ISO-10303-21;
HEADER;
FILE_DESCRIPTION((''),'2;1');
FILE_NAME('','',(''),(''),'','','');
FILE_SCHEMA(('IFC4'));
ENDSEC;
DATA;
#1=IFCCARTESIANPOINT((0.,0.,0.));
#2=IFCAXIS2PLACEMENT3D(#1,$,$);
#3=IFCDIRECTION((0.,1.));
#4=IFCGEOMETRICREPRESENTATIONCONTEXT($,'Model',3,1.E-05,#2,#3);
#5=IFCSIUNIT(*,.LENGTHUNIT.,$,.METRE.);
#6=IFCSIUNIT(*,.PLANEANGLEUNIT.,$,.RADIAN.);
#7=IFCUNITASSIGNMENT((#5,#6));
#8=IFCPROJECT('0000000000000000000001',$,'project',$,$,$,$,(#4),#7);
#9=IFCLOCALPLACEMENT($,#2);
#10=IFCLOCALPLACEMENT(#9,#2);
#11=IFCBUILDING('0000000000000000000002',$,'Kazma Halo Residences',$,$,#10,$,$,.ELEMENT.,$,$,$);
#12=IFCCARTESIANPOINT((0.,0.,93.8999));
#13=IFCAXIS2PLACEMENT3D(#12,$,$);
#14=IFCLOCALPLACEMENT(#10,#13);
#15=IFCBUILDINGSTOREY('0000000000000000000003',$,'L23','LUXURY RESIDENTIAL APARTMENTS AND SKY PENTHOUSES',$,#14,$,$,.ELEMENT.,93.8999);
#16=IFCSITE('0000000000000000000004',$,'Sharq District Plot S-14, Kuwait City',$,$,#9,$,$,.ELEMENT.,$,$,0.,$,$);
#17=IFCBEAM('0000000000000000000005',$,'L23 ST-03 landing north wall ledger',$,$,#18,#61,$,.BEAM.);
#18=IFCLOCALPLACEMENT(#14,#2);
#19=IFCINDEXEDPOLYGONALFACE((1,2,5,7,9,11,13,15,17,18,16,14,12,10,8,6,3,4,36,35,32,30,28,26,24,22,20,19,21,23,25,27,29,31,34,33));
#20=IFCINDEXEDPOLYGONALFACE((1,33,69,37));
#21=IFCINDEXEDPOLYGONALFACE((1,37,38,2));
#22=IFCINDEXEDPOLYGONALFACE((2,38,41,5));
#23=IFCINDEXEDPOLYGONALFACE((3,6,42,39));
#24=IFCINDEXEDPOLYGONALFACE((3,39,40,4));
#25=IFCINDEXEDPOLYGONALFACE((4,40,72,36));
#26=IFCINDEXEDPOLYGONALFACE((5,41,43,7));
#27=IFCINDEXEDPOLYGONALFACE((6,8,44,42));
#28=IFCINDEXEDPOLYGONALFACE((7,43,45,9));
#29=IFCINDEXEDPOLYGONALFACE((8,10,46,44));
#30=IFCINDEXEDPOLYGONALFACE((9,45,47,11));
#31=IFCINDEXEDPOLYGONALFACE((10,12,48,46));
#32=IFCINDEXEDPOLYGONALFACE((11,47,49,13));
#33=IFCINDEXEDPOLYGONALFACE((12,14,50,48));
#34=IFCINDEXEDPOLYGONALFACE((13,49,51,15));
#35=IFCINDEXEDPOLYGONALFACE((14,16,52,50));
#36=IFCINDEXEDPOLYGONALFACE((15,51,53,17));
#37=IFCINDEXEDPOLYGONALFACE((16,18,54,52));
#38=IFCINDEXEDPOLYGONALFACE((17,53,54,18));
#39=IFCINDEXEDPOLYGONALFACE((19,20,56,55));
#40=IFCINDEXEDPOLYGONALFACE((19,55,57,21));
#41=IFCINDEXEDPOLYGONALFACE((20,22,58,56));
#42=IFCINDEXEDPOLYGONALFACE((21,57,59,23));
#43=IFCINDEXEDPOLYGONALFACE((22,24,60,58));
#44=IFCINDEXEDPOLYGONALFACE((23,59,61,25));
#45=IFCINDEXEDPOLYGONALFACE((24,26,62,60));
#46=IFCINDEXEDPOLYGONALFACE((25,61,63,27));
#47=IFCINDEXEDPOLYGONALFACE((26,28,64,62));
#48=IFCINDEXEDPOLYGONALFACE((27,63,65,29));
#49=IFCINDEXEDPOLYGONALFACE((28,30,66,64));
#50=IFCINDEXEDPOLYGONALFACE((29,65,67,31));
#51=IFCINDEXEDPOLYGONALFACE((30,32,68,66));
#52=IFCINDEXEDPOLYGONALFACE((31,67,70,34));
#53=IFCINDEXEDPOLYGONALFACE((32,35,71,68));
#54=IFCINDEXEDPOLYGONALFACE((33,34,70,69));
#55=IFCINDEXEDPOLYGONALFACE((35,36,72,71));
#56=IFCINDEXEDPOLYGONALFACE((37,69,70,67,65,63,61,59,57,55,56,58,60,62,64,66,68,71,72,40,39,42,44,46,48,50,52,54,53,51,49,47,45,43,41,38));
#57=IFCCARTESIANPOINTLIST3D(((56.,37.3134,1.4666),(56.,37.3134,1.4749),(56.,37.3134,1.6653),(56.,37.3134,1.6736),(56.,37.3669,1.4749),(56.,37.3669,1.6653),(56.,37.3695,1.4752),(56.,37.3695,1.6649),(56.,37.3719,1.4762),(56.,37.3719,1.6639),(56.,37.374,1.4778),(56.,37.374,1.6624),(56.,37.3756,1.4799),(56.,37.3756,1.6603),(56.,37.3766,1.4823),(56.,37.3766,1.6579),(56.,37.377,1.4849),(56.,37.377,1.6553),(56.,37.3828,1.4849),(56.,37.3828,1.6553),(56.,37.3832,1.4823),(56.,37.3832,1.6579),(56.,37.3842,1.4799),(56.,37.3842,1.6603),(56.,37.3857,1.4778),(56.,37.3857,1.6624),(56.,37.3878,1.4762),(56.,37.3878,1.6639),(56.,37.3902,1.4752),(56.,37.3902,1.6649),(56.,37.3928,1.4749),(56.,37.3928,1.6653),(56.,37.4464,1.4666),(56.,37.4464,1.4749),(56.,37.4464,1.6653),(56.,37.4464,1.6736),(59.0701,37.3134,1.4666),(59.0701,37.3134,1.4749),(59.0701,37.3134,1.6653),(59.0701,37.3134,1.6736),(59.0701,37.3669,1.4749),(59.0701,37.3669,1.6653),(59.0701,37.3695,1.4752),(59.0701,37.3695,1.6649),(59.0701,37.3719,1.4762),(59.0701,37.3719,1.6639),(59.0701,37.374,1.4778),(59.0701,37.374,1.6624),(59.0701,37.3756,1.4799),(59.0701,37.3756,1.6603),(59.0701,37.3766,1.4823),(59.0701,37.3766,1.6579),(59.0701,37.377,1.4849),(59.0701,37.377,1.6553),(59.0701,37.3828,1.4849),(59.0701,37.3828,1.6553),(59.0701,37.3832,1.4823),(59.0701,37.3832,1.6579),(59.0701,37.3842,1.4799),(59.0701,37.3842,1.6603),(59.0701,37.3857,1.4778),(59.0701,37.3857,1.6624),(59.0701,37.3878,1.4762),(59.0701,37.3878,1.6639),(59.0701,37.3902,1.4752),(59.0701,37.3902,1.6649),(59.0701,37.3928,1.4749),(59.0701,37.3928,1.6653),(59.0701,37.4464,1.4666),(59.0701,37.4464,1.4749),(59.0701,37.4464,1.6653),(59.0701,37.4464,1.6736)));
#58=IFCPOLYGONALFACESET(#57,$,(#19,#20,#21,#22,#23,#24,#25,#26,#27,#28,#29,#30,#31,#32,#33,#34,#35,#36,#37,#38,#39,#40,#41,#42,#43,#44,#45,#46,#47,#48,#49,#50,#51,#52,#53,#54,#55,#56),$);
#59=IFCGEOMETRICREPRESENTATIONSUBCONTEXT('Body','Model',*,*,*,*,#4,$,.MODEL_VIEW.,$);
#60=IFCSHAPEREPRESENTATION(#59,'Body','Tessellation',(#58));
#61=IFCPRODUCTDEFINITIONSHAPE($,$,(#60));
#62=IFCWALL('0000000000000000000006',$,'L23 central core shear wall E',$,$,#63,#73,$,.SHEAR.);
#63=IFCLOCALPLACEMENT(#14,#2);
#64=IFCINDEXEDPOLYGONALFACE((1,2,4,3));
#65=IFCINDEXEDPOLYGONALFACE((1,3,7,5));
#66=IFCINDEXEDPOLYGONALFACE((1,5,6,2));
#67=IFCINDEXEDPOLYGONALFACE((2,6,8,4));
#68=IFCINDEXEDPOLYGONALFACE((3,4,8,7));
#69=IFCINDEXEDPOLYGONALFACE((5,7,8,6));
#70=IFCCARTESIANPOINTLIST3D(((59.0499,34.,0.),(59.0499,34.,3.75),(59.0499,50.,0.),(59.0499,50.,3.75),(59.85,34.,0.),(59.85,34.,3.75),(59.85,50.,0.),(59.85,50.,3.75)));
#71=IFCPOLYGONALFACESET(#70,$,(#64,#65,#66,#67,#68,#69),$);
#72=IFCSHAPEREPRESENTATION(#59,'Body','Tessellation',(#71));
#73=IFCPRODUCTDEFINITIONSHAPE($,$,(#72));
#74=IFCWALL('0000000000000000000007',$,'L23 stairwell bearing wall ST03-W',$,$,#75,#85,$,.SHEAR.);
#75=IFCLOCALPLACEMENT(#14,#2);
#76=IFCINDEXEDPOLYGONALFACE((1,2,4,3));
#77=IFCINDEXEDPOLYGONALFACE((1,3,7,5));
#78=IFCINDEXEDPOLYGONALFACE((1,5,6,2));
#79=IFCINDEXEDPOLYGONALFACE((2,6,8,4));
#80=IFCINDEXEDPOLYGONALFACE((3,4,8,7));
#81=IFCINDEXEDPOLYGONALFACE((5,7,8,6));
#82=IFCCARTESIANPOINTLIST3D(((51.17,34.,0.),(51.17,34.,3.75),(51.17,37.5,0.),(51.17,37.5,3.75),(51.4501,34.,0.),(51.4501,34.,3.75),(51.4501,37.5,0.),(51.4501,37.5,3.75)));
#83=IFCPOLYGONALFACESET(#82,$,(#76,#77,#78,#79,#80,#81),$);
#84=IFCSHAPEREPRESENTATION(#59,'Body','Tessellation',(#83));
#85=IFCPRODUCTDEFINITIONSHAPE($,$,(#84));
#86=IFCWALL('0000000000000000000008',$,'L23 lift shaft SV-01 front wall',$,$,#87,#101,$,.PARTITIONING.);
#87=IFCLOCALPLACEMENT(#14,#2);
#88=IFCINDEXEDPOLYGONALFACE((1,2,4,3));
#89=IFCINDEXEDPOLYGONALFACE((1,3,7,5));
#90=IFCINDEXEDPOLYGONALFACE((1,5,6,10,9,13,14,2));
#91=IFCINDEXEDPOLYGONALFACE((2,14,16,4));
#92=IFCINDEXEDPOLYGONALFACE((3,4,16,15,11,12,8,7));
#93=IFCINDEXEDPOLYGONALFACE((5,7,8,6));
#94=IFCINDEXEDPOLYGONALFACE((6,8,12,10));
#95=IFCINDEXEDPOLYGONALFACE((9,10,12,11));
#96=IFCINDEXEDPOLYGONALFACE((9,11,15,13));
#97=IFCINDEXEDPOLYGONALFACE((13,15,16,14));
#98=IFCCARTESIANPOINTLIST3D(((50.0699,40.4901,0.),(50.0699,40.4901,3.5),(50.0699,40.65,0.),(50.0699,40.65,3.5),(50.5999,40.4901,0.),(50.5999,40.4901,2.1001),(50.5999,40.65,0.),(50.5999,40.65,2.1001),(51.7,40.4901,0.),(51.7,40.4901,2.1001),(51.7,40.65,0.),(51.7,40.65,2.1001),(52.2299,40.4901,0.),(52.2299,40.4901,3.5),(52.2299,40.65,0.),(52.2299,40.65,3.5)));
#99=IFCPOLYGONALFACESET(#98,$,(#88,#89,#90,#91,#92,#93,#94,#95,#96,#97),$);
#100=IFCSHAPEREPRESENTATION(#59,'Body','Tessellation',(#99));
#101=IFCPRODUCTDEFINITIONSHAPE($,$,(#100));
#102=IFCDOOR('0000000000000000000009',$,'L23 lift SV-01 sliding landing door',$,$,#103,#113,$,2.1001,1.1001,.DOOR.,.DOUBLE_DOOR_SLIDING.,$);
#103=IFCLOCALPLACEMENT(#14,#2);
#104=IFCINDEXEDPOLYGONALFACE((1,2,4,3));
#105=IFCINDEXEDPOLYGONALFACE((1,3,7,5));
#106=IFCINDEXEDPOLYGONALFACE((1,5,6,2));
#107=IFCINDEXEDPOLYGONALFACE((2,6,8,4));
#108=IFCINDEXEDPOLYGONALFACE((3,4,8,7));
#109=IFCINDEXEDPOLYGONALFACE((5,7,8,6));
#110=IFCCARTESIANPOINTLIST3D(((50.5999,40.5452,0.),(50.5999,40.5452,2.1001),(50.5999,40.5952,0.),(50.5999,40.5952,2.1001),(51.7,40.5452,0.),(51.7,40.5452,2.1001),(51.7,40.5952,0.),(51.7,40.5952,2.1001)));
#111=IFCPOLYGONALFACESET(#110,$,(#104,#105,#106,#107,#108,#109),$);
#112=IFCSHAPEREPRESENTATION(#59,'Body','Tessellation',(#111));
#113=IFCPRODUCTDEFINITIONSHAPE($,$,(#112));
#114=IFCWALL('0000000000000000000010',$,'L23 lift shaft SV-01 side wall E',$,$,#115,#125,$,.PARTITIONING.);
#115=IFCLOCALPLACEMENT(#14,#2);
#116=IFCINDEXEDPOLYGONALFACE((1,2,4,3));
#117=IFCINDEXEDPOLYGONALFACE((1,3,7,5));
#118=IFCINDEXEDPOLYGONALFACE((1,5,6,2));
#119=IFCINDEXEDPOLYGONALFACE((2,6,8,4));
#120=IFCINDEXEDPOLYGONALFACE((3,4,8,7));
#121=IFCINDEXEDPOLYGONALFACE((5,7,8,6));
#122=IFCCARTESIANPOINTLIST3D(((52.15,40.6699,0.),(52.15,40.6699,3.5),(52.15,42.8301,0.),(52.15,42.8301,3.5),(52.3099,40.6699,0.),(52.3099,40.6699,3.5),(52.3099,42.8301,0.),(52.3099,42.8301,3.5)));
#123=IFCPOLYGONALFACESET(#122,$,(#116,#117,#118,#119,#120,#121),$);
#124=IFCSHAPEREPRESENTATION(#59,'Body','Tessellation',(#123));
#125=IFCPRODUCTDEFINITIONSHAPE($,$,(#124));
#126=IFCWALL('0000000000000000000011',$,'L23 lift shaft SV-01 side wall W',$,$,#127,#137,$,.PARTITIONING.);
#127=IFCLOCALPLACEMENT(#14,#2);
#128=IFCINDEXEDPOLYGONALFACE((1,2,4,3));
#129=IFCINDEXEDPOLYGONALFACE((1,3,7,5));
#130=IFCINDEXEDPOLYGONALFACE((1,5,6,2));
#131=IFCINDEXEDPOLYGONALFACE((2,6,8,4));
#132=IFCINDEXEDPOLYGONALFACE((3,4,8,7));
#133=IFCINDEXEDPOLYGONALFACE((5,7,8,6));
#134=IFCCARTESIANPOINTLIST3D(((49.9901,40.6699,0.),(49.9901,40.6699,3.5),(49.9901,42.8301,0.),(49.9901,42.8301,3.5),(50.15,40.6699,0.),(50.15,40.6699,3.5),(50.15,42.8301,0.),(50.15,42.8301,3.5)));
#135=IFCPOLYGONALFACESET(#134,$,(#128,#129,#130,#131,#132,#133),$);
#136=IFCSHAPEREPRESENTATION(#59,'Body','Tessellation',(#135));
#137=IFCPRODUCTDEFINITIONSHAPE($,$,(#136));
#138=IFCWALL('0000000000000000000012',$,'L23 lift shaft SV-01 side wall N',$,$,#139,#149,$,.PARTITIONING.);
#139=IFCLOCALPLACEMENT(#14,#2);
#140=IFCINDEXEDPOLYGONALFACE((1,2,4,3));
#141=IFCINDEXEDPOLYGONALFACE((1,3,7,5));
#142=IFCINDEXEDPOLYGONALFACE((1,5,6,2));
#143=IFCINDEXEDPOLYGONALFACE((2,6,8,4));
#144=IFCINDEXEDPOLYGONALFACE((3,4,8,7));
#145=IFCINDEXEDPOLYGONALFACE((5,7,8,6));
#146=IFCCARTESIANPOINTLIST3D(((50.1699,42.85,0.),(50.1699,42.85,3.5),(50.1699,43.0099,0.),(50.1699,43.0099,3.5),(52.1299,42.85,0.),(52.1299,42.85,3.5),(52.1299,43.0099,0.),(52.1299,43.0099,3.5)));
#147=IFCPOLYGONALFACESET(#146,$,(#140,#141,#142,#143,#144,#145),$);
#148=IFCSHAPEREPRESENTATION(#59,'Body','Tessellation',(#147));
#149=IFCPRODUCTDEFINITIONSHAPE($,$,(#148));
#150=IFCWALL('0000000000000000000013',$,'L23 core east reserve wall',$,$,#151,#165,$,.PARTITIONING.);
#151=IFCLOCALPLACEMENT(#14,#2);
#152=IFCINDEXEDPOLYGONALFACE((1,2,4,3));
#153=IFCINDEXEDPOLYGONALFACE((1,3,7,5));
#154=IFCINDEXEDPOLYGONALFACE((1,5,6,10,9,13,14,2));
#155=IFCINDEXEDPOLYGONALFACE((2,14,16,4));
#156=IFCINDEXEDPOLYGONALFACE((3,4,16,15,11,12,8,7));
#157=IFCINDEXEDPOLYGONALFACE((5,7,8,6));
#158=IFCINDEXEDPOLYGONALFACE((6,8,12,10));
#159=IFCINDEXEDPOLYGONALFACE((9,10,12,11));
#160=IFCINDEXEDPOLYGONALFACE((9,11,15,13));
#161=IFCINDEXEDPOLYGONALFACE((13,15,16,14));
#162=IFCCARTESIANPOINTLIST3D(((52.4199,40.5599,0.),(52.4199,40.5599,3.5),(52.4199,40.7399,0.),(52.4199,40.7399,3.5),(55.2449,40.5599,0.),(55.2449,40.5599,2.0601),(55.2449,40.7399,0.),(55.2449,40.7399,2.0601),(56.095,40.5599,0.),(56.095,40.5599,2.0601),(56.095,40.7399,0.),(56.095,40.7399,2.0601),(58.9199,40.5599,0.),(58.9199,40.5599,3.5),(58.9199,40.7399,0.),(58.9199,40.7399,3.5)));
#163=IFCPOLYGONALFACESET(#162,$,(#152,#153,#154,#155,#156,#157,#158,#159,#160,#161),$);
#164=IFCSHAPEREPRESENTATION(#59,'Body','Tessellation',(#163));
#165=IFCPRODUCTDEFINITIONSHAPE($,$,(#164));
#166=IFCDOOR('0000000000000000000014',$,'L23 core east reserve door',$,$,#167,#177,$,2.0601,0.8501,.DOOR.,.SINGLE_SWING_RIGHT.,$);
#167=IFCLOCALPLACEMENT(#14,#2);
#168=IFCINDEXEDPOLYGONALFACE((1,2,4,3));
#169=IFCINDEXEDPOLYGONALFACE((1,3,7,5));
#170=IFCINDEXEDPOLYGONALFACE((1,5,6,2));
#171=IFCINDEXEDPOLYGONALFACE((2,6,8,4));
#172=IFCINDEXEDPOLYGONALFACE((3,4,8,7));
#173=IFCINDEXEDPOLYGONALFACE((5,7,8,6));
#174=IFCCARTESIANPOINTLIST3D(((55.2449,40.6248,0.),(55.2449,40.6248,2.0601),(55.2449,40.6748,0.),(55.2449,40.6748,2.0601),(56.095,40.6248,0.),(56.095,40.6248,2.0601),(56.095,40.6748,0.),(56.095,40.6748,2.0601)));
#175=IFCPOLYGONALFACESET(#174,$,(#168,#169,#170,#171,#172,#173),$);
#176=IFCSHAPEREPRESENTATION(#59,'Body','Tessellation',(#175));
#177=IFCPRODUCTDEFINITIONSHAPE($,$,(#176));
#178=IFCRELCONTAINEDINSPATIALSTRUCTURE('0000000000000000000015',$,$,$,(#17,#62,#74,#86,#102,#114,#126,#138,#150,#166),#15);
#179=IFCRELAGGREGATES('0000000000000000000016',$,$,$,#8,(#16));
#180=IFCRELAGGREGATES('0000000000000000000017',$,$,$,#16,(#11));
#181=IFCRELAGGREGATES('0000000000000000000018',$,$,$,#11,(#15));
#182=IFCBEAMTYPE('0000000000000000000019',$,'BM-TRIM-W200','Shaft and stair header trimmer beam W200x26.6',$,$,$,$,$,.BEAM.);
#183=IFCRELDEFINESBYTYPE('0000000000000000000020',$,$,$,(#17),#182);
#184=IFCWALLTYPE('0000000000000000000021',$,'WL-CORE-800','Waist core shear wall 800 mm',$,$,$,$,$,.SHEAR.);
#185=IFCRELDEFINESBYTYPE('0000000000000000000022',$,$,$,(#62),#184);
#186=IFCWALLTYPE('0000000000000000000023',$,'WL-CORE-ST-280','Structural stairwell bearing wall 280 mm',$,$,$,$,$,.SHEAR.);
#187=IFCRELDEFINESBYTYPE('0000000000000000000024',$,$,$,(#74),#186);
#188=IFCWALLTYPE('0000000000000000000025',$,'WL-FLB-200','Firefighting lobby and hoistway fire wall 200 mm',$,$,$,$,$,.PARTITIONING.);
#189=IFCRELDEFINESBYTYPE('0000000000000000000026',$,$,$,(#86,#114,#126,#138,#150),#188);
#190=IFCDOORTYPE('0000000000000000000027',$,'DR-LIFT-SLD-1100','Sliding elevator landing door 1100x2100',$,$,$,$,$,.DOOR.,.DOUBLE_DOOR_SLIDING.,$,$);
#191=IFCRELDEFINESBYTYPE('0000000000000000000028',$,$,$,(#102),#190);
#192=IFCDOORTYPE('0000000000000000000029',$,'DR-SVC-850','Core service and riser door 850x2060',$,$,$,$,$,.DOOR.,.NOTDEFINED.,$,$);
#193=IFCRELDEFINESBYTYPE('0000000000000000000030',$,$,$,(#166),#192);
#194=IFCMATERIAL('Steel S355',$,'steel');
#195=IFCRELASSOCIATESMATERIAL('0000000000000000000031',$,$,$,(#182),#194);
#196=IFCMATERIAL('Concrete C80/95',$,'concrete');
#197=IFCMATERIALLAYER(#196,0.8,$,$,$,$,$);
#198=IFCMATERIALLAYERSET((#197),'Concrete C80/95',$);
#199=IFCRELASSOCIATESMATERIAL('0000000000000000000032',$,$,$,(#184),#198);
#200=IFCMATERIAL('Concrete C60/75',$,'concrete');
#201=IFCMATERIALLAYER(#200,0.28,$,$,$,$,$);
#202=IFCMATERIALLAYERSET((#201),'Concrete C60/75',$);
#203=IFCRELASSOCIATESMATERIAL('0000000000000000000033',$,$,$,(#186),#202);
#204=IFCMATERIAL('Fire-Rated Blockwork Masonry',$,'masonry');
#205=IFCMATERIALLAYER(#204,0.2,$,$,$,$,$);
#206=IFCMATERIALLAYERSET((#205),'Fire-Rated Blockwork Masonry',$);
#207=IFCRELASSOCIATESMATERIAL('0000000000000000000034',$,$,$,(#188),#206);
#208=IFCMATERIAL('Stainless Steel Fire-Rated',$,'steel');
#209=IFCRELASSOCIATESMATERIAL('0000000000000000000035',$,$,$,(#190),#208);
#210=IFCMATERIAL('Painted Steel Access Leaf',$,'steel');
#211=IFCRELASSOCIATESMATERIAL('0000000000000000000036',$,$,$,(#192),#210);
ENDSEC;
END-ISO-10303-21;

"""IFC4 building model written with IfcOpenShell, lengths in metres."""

from ifc_helpers import new_model, si_unit, direction, frame, frame_2d, origin, origin_2d, place, context, subcontext, project, spatial, rectangle, i_section, extrude, material, layer, layer_set, material_profile, profile_set, type_object, element, fill, save


model = new_model("IFC4")

# Units and contexts
model_context = context("Model", 3, precision=1e-05, world=origin(), true_north=direction((0.0, 1.0)))
body_context = subcontext(model_context, "Body", "Model", "MODEL_VIEW")
ifc_project = project(units=[si_unit("LENGTHUNIT", "METRE"), si_unit("PLANEANGLEUNIT", "RADIAN")], contexts=[model_context])

# Site, building, storey
site_placement = place(None, origin())
site = spatial("IfcSite", under=ifc_project, at=site_placement, Name="Sharq District Plot S-14, Kuwait City", CompositionType="ELEMENT", RefElevation=0.0)
building_placement = place(site_placement, origin())
building = spatial("IfcBuilding", under=site, at=building_placement, Name="Kazma Halo Residences", CompositionType="ELEMENT")
storey_placement = place(building_placement, frame((0.0, 0.0, 93.8999)))
storey = spatial("IfcBuildingStorey", under=building, at=storey_placement, Name="L23", Description="LUXURY RESIDENTIAL APARTMENTS AND SKY PENTHOUSES", CompositionType="ELEMENT", Elevation=93.8999)

# Shared definitions
ifc_material_1 = material(Name="Steel S355", Category="steel")

# Beam
ifc_material_profile_1 = material_profile(ifc_material_1, i_section(OverallWidth=0.1331, OverallDepth=0.207, WebThickness=0.0059, FlangeThickness=0.0083, FilletRadius=0.01, at=origin_2d()), Name="W200x26.6")
ifc_profile_set_1 = profile_set([ifc_material_profile_1], Name="Steel S355")
beam_type_1 = type_object("IfcBeamType", Name="BM-TRIM-W200", Description="Shaft and stair header trimmer beam W200x26.6", PredefinedType="BEAM", material=ifc_profile_set_1)
beam_1_placement = place(storey_placement, frame((56.0, 37.3799, 1.5701), z_axis=(1.0, 0.0, 0.0), x_axis=(0.0, 1.0, 0.0)))
element("IfcBeam", 1, at=beam_1_placement, inside=storey, type_object=beam_type_1, Name="L23 ST-03 landing north wall ledger", PredefinedType="BEAM", context=body_context, shape_type="SweptSolid", body=[
    extrude(i_section(OverallWidth=0.1331, OverallDepth=0.207, WebThickness=0.0059, FlangeThickness=0.0083, FilletRadius=0.01, at=origin_2d()), origin(), (0.0, 0.0, 1.0), 3.0701),
])

# Walls
ifc_material_2 = material(Name="Concrete C80/95", Category="concrete")
ifc_layer_1 = layer(ifc_material_2, 0.8)
ifc_layer_set_1 = layer_set([ifc_layer_1], Name="Concrete C80/95")
wall_type_1 = type_object("IfcWallType", Name="WL-CORE-800", Description="Waist core shear wall 800 mm", PredefinedType="SHEAR", material=ifc_layer_set_1)
wall_1_placement = place(storey_placement, frame((59.45, 34.0, 0.0), z_axis=(0.0, 0.0, 1.0), x_axis=(0.0, 1.0, 0.0)))
element("IfcWall", 2, at=wall_1_placement, inside=storey, type_object=wall_type_1, Name="L23 central core shear wall E", PredefinedType="SHEAR", context=body_context, shape_type="SweptSolid", body=[
    extrude(rectangle(XDim=16.0, YDim=0.8, at=frame_2d((8.0, 0.0))), origin(), (0.0, 0.0, 1.0), 3.75),
])
ifc_material_3 = material(Name="Concrete C60/75", Category="concrete")
ifc_layer_2 = layer(ifc_material_3, 0.28)
ifc_layer_set_2 = layer_set([ifc_layer_2], Name="Concrete C60/75")
wall_type_2 = type_object("IfcWallType", Name="WL-CORE-ST-280", Description="Structural stairwell bearing wall 280 mm", PredefinedType="SHEAR", material=ifc_layer_set_2)
wall_2_placement = place(storey_placement, frame((51.3101, 34.0, 0.0), z_axis=(0.0, 0.0, 1.0), x_axis=(0.0, 1.0, 0.0)))
element("IfcWall", 3, at=wall_2_placement, inside=storey, type_object=wall_type_2, Name="L23 stairwell bearing wall ST03-W", PredefinedType="SHEAR", context=body_context, shape_type="SweptSolid", body=[
    extrude(rectangle(XDim=3.5, YDim=0.28, at=frame_2d((1.75, 0.0))), origin(), (0.0, 0.0, 1.0), 3.75),
])

# Wall, opening, door
ifc_material_4 = material(Name="Fire-Rated Blockwork Masonry", Category="masonry")
ifc_layer_3 = layer(ifc_material_4, 0.2)
ifc_layer_set_3 = layer_set([ifc_layer_3], Name="Fire-Rated Blockwork Masonry")
wall_type_3 = type_object("IfcWallType", Name="WL-FLB-200", Description="Firefighting lobby and hoistway fire wall 200 mm", PredefinedType="PARTITIONING", material=ifc_layer_set_3)
wall_3_placement = place(storey_placement, frame((52.23, 40.5701, 0.0), z_axis=(0.0, 0.0, 1.0), x_axis=(-1.0, 0.0, 0.0)))
wall_3 = element("IfcWall", 4, at=wall_3_placement, inside=storey, type_object=wall_type_3, Name="L23 lift shaft SV-01 front wall", PredefinedType="PARTITIONING", context=body_context, shape_type="SweptSolid", body=[
    extrude(rectangle(XDim=2.1599, YDim=0.1599, at=frame_2d((1.0801, 0.0))), origin(), (0.0, 0.0, 1.0), 3.5),
])
opening_1_placement = place(wall_3_placement, frame((0.53, 0.0, 0.0)))
opening_1 = element("IfcOpeningElement", 5, at=opening_1_placement, cuts=wall_3, PredefinedType="OPENING", context=body_context, shape_type="SweptSolid", body=[
    extrude(rectangle(XDim=1.1001, YDim=2.1001, at=frame_2d((0.55, 1.05))), frame((0.0, 0.0898, 0.0), z_axis=(0.0, -1.0, 0.0), x_axis=(1.0, 0.0, 0.0)), (0.0, 0.0, 1.0), 0.1799),
])
ifc_material_5 = material(Name="Stainless Steel Fire-Rated", Category="steel")
door_type_1 = type_object("IfcDoorType", Name="DR-LIFT-SLD-1100", Description="Sliding elevator landing door 1100x2100", OperationType="DOUBLE_DOOR_SLIDING", PredefinedType="DOOR", material=ifc_material_5)
door_1_placement = place(opening_1_placement, origin())
door_1 = element("IfcDoor", 6, at=door_1_placement, inside=storey, type_object=door_type_1, Name="L23 lift SV-01 sliding landing door", OperationType="DOUBLE_DOOR_SLIDING", OverallHeight=2.1001, OverallWidth=1.1001, PredefinedType="DOOR", context=body_context, shape_type="SweptSolid", body=[
    extrude(rectangle(XDim=1.1001, YDim=2.1001, at=frame_2d((0.55, 1.05))), frame((0.0, 0.0249, 0.0), z_axis=(0.0, -1.0, 0.0), x_axis=(1.0, 0.0, 0.0)), (0.0, 0.0, 1.0), 0.05),
])
fill(opening_1, door_1)

# Walls
for number, where, z_axis, x_axis, name in (
    (7, (52.23, 40.6699, 0.0), (0.0, 0.0, 1.0), (0.0, 1.0, 0.0), "L23 lift shaft SV-01 side wall E"),
    (8, (50.0701, 40.6699, 0.0), (0.0, 0.0, 1.0), (0.0, 1.0, 0.0), "L23 lift shaft SV-01 side wall W"),
):
    element("IfcWall", number, at=place(storey_placement, frame(where, z_axis=z_axis, x_axis=x_axis)), inside=storey, type_object=wall_type_3, Name=name, PredefinedType="PARTITIONING", context=body_context, shape_type="SweptSolid", body=[
        extrude(rectangle(XDim=2.1602, YDim=0.1599, at=frame_2d((1.0801, 0.0))), origin(), (0.0, 0.0, 1.0), 3.5),
    ])
wall_4_placement = place(storey_placement, frame((50.1699, 42.9299, 0.0), z_axis=(0.0, 0.0, 1.0), x_axis=(1.0, 0.0, 0.0)))
element("IfcWall", 9, at=wall_4_placement, inside=storey, type_object=wall_type_3, Name="L23 lift shaft SV-01 side wall N", PredefinedType="PARTITIONING", context=body_context, shape_type="SweptSolid", body=[
    extrude(rectangle(XDim=1.96, YDim=0.1599, at=frame_2d((0.98, 0.0))), origin(), (0.0, 0.0, 1.0), 3.5),
])

# Wall, opening, door
wall_5_placement = place(storey_placement, frame((52.4199, 40.6499, 0.0), z_axis=(0.0, 0.0, 1.0), x_axis=(1.0, 0.0, 0.0)))
wall_5 = element("IfcWall", 10, at=wall_5_placement, inside=storey, type_object=wall_type_3, Name="L23 core east reserve wall", PredefinedType="PARTITIONING", context=body_context, shape_type="SweptSolid", body=[
    extrude(rectangle(XDim=6.5, YDim=0.1799, at=frame_2d((3.25, 0.0))), origin(), (0.0, 0.0, 1.0), 3.5),
])
opening_2_placement = place(wall_5_placement, frame((2.825, 0.0, 0.0)))
opening_2 = element("IfcOpeningElement", 11, at=opening_2_placement, cuts=wall_5, PredefinedType="OPENING", context=body_context, shape_type="SweptSolid", body=[
    extrude(rectangle(XDim=0.8501, YDim=2.0601, at=frame_2d((0.425, 1.03))), frame((0.0, 0.0999, 0.0), z_axis=(0.0, -1.0, 0.0), x_axis=(1.0, 0.0, 0.0)), (0.0, 0.0, 1.0), 0.2),
])
ifc_material_6 = material(Name="Painted Steel Access Leaf", Category="steel")
door_type_2 = type_object("IfcDoorType", Name="DR-SVC-850", Description="Core service and riser door 850x2060", OperationType="NOTDEFINED", PredefinedType="DOOR", material=ifc_material_6)
door_2_placement = place(opening_2_placement, origin())
door_2 = element("IfcDoor", 12, at=door_2_placement, inside=storey, type_object=door_type_2, Name="L23 core east reserve door", OperationType="SINGLE_SWING_RIGHT", OverallHeight=2.0601, OverallWidth=0.8501, PredefinedType="DOOR", context=body_context, shape_type="SweptSolid", body=[
    extrude(rectangle(XDim=0.8501, YDim=2.0601, at=frame_2d((0.425, 1.03))), frame((0.0, 0.0249, 0.0), z_axis=(0.0, -1.0, 0.0), x_axis=(1.0, 0.0, 0.0)), (0.0, 0.0, 1.0), 0.05),
])
fill(opening_2, door_2)

save(model, "model.ifc")
